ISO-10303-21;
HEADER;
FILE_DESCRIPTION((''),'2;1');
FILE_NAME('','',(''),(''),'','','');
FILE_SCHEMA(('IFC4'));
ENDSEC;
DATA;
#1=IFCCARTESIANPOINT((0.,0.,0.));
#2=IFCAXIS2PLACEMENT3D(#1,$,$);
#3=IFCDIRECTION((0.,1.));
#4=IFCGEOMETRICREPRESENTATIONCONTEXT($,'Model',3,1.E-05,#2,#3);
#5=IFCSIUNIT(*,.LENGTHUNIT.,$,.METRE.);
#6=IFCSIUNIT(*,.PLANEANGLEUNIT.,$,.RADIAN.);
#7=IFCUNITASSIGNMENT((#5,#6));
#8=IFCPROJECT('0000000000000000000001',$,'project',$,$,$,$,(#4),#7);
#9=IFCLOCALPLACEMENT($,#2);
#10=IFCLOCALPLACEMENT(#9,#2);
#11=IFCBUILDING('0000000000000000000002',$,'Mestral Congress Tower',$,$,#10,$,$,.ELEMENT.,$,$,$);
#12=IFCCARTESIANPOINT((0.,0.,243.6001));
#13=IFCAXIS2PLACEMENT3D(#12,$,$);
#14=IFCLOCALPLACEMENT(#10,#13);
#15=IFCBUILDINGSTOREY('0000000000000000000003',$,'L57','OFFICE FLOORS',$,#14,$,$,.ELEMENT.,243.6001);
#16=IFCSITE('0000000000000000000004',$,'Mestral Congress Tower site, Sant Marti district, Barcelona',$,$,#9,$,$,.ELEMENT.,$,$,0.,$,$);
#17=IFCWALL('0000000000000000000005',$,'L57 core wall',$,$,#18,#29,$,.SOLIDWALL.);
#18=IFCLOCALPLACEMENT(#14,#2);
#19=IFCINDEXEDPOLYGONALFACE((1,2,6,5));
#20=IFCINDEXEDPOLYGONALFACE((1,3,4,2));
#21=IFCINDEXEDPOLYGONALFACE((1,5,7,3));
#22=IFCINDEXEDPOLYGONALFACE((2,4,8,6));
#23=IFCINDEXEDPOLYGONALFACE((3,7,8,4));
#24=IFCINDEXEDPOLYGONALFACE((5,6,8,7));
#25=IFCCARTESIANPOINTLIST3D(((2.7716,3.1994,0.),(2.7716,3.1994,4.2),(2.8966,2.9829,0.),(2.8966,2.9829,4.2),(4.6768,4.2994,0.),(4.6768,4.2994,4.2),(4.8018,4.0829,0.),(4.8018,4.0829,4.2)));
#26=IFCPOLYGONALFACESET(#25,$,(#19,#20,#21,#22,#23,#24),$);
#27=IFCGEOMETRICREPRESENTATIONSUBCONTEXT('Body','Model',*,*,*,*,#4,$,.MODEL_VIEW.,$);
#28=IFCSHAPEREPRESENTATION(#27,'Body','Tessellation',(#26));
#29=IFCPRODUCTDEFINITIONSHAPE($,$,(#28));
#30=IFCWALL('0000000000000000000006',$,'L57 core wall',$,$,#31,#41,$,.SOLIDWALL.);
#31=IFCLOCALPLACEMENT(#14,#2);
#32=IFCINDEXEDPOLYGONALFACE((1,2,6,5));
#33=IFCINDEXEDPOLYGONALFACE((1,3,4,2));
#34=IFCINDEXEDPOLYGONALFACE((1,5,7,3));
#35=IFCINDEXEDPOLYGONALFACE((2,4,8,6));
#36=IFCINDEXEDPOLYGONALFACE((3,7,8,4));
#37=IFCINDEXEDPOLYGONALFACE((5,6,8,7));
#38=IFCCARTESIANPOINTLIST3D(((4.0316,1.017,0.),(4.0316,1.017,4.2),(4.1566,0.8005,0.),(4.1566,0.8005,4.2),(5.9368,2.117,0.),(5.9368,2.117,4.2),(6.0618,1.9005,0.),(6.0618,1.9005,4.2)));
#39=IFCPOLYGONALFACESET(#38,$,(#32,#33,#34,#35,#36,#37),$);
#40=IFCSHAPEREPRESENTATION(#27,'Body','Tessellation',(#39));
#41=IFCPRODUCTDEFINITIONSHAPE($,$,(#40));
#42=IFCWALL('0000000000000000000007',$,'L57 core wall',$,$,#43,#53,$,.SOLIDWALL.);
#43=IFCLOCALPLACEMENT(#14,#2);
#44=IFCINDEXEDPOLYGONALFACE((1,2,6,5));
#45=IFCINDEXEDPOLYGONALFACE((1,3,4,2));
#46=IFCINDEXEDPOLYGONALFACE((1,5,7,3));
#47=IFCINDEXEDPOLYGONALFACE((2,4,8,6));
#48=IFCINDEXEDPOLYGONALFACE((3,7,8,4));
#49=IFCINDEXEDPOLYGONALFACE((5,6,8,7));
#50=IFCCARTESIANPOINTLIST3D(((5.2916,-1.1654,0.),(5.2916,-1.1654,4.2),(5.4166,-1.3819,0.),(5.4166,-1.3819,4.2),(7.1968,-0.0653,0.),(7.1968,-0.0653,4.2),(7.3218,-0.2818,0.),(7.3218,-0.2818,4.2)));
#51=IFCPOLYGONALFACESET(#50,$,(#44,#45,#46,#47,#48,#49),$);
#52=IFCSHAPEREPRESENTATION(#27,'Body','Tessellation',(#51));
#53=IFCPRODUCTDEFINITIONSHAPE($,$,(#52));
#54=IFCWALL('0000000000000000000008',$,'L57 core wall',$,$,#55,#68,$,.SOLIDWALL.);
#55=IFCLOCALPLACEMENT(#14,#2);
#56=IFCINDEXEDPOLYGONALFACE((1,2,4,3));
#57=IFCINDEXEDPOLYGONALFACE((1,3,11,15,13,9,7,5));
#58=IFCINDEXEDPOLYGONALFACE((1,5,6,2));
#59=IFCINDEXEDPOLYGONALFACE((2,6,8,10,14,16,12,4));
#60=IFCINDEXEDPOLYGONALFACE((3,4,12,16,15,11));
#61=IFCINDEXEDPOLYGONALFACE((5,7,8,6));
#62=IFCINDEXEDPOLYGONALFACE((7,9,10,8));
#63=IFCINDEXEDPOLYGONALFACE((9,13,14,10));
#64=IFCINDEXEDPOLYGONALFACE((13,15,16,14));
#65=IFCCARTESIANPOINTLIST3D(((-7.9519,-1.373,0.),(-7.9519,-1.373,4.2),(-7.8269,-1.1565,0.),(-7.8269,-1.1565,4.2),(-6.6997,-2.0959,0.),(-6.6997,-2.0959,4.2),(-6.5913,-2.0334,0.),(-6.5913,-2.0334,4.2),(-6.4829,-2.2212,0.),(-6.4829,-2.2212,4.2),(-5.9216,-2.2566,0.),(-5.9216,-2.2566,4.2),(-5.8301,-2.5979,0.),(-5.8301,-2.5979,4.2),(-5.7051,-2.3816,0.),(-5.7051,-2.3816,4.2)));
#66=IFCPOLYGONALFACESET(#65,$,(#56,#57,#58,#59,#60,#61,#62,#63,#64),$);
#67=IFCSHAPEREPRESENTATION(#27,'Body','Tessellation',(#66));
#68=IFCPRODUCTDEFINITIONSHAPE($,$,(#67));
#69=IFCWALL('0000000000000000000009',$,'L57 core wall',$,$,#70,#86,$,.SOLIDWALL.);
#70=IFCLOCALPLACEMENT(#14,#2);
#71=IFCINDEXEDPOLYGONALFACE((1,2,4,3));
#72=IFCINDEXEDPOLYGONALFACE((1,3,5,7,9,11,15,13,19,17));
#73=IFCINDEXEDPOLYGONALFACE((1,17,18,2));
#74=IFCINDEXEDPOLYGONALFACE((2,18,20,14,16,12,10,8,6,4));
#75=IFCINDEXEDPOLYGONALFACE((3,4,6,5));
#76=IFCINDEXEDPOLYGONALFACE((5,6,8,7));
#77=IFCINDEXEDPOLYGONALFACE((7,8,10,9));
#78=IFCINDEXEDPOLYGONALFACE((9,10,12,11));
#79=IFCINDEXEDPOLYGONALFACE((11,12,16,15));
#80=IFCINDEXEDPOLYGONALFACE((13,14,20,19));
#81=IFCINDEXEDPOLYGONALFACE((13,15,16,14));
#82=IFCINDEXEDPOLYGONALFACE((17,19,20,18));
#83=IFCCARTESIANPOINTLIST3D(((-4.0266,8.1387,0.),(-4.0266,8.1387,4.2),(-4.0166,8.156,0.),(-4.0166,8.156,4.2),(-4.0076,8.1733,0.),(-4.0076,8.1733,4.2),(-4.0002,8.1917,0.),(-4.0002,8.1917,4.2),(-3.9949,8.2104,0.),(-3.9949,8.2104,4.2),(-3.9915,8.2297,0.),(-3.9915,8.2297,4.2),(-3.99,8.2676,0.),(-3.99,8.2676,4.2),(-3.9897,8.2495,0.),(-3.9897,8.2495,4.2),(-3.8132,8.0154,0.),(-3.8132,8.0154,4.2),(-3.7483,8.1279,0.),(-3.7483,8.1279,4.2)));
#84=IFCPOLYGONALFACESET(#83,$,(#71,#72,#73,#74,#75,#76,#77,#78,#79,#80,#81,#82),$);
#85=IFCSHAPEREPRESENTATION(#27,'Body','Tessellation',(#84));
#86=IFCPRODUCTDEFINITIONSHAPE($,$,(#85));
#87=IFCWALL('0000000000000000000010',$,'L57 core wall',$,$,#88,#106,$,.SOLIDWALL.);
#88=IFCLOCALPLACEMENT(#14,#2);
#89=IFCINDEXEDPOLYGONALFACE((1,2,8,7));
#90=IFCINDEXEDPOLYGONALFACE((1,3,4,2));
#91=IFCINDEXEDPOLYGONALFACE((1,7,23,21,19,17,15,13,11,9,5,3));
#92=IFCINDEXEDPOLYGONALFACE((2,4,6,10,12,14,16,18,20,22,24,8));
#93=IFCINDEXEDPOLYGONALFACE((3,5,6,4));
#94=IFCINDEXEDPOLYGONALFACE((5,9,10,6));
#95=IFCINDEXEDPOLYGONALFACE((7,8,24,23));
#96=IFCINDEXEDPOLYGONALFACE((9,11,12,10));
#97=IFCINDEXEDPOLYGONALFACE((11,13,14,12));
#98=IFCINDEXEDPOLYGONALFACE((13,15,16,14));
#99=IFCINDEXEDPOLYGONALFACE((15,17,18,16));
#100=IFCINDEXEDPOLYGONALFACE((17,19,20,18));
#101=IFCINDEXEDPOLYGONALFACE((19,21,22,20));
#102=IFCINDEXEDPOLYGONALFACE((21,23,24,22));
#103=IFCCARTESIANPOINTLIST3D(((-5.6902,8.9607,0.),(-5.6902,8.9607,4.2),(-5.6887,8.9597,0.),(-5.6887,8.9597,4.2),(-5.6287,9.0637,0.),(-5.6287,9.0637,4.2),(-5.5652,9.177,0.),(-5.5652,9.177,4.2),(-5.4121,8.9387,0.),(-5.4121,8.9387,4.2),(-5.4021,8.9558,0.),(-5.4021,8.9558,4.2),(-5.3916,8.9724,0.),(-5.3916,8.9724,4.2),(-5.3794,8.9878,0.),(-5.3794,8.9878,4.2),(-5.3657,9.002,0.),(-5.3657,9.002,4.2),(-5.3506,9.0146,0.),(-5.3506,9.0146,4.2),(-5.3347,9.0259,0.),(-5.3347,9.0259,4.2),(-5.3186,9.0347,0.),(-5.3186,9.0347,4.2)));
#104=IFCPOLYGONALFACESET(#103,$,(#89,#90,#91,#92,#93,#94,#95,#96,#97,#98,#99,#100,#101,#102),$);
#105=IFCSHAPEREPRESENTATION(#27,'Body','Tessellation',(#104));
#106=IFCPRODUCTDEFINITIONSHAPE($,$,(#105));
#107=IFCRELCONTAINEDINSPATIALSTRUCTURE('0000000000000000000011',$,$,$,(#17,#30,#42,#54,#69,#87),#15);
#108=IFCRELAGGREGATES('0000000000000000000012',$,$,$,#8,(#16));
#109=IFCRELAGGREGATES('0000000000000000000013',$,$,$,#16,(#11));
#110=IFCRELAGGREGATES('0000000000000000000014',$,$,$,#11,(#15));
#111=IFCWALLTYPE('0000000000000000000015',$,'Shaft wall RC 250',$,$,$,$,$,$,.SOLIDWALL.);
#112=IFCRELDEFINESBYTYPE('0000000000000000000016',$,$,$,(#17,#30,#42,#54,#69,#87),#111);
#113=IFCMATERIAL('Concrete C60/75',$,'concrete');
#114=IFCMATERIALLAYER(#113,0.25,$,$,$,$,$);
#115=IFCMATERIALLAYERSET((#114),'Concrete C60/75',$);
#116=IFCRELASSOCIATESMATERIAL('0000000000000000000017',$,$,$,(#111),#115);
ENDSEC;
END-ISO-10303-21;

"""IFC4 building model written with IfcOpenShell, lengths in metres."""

from ifc_helpers import new_model, si_unit, direction, frame, frame_2d, origin, place, context, subcontext, project, spatial, polyline, rectangle, outline, extrude, material, layer, layer_set, type_object, element, save


model = new_model("IFC4")

# Units and contexts
model_context = context("Model", 3, precision=1e-05, world=origin(), true_north=direction((0.0, 1.0)))
body_context = subcontext(model_context, "Body", "Model", "MODEL_VIEW")
ifc_project = project(units=[si_unit("LENGTHUNIT", "METRE"), si_unit("PLANEANGLEUNIT", "RADIAN")], contexts=[model_context])

# Site, building, storey
site_placement = place(None, origin())
site = spatial("IfcSite", under=ifc_project, at=site_placement, Name="Mestral Congress Tower site, Sant Marti district, Barcelona", CompositionType="ELEMENT", RefElevation=0.0)
building_placement = place(site_placement, origin())
building = spatial("IfcBuilding", under=site, at=building_placement, Name="Mestral Congress Tower", CompositionType="ELEMENT")
storey_placement = place(building_placement, frame((0.0, 0.0, 243.6001)))
storey = spatial("IfcBuildingStorey", under=building, at=storey_placement, Name="L57", Description="OFFICE FLOORS", CompositionType="ELEMENT", Elevation=243.6001)

# Walls
ifc_material_1 = material(Name="Concrete C60/75", Category="concrete")
placement = place(storey_placement, origin())
ifc_layer_1 = layer(ifc_material_1, 0.25)
ifc_layer_set_1 = layer_set([ifc_layer_1], Name="Concrete C60/75")
wall_type_1 = type_object("IfcWallType", Name="Shaft wall RC 250", PredefinedType="SOLIDWALL", material=ifc_layer_set_1)
for number, where, z_axis, x_axis, name in (
    (1, (2.834, 3.0911, 0.0), (0.0, 0.0, 1.0), (0.866008, 0.50003, 0.0), "L57 core wall"),
    (2, (4.094, 0.9087, 0.0), (0.0, 0.0, 1.0), (0.866008, 0.50003, 0.0), "L57 core wall"),
    (3, (5.354, -1.2737, 0.0), (0.0, 0.0, 1.0), (0.866008, 0.50003, 0.0), "L57 core wall"),
):
    element("IfcWall", number, at=place(storey_placement, frame(where, z_axis=z_axis, x_axis=x_axis)), inside=storey, type_object=wall_type_1, Name=name, PredefinedType="SOLIDWALL", context=body_context, shape_type="SweptSolid", body=[
        extrude(rectangle(XDim=2.2, YDim=0.25, at=frame_2d((1.1001, 0.0))), origin(), (0.0, 0.0, 1.0), 4.2),
    ])
element("IfcWall", 4, at=placement, inside=storey, type_object=wall_type_1, Name="L57 core wall", PredefinedType="SOLIDWALL", context=body_context, shape_type="SweptSolid", body=[
    extrude(outline(polyline([(-5.9216, -2.2566), (-5.9216, -2.2566), (-5.7051, -2.3816), (-5.8301, -2.5979), (-6.4829, -2.2212), (-6.5913, -2.0334), (-6.5913, -2.0334), (-6.6997, -2.0959), (-7.9519, -1.373), (-7.8269, -1.1565), (-5.9216, -2.2566)])), origin(), (0.0, 0.0, 1.0), 4.2),
])
element("IfcWall", 5, at=placement, inside=storey, type_object=wall_type_1, Name="L57 core wall", PredefinedType="SOLIDWALL", context=body_context, shape_type="SweptSolid", body=[
    extrude(outline(polyline([(-3.7483, 8.1279), (-3.8132, 8.0154), (-4.0266, 8.1387), (-4.0166, 8.156), (-4.0076, 8.1733), (-4.0002, 8.1917), (-3.9949, 8.2104), (-3.9915, 8.2297), (-3.9897, 8.2495), (-3.99, 8.2676), (-3.7483, 8.1279)])), origin(), (0.0, 0.0, 1.0), 4.2),
])
element("IfcWall", 6, at=placement, inside=storey, type_object=wall_type_1, Name="L57 core wall", PredefinedType="SOLIDWALL", context=body_context, shape_type="SweptSolid", body=[
    extrude(outline(polyline([(-5.6887, 8.9597), (-5.6902, 8.9607), (-5.5652, 9.177), (-5.3186, 9.0347), (-5.3347, 9.0259), (-5.3506, 9.0146), (-5.3657, 9.002), (-5.3794, 8.9878), (-5.3916, 8.9724), (-5.4021, 8.9558), (-5.4121, 8.9387), (-5.6287, 9.0637), (-5.6287, 9.0637), (-5.6887, 8.9597)])), origin(), (0.0, 0.0, 1.0), 4.2),
])

save(model, "model.ifc")
